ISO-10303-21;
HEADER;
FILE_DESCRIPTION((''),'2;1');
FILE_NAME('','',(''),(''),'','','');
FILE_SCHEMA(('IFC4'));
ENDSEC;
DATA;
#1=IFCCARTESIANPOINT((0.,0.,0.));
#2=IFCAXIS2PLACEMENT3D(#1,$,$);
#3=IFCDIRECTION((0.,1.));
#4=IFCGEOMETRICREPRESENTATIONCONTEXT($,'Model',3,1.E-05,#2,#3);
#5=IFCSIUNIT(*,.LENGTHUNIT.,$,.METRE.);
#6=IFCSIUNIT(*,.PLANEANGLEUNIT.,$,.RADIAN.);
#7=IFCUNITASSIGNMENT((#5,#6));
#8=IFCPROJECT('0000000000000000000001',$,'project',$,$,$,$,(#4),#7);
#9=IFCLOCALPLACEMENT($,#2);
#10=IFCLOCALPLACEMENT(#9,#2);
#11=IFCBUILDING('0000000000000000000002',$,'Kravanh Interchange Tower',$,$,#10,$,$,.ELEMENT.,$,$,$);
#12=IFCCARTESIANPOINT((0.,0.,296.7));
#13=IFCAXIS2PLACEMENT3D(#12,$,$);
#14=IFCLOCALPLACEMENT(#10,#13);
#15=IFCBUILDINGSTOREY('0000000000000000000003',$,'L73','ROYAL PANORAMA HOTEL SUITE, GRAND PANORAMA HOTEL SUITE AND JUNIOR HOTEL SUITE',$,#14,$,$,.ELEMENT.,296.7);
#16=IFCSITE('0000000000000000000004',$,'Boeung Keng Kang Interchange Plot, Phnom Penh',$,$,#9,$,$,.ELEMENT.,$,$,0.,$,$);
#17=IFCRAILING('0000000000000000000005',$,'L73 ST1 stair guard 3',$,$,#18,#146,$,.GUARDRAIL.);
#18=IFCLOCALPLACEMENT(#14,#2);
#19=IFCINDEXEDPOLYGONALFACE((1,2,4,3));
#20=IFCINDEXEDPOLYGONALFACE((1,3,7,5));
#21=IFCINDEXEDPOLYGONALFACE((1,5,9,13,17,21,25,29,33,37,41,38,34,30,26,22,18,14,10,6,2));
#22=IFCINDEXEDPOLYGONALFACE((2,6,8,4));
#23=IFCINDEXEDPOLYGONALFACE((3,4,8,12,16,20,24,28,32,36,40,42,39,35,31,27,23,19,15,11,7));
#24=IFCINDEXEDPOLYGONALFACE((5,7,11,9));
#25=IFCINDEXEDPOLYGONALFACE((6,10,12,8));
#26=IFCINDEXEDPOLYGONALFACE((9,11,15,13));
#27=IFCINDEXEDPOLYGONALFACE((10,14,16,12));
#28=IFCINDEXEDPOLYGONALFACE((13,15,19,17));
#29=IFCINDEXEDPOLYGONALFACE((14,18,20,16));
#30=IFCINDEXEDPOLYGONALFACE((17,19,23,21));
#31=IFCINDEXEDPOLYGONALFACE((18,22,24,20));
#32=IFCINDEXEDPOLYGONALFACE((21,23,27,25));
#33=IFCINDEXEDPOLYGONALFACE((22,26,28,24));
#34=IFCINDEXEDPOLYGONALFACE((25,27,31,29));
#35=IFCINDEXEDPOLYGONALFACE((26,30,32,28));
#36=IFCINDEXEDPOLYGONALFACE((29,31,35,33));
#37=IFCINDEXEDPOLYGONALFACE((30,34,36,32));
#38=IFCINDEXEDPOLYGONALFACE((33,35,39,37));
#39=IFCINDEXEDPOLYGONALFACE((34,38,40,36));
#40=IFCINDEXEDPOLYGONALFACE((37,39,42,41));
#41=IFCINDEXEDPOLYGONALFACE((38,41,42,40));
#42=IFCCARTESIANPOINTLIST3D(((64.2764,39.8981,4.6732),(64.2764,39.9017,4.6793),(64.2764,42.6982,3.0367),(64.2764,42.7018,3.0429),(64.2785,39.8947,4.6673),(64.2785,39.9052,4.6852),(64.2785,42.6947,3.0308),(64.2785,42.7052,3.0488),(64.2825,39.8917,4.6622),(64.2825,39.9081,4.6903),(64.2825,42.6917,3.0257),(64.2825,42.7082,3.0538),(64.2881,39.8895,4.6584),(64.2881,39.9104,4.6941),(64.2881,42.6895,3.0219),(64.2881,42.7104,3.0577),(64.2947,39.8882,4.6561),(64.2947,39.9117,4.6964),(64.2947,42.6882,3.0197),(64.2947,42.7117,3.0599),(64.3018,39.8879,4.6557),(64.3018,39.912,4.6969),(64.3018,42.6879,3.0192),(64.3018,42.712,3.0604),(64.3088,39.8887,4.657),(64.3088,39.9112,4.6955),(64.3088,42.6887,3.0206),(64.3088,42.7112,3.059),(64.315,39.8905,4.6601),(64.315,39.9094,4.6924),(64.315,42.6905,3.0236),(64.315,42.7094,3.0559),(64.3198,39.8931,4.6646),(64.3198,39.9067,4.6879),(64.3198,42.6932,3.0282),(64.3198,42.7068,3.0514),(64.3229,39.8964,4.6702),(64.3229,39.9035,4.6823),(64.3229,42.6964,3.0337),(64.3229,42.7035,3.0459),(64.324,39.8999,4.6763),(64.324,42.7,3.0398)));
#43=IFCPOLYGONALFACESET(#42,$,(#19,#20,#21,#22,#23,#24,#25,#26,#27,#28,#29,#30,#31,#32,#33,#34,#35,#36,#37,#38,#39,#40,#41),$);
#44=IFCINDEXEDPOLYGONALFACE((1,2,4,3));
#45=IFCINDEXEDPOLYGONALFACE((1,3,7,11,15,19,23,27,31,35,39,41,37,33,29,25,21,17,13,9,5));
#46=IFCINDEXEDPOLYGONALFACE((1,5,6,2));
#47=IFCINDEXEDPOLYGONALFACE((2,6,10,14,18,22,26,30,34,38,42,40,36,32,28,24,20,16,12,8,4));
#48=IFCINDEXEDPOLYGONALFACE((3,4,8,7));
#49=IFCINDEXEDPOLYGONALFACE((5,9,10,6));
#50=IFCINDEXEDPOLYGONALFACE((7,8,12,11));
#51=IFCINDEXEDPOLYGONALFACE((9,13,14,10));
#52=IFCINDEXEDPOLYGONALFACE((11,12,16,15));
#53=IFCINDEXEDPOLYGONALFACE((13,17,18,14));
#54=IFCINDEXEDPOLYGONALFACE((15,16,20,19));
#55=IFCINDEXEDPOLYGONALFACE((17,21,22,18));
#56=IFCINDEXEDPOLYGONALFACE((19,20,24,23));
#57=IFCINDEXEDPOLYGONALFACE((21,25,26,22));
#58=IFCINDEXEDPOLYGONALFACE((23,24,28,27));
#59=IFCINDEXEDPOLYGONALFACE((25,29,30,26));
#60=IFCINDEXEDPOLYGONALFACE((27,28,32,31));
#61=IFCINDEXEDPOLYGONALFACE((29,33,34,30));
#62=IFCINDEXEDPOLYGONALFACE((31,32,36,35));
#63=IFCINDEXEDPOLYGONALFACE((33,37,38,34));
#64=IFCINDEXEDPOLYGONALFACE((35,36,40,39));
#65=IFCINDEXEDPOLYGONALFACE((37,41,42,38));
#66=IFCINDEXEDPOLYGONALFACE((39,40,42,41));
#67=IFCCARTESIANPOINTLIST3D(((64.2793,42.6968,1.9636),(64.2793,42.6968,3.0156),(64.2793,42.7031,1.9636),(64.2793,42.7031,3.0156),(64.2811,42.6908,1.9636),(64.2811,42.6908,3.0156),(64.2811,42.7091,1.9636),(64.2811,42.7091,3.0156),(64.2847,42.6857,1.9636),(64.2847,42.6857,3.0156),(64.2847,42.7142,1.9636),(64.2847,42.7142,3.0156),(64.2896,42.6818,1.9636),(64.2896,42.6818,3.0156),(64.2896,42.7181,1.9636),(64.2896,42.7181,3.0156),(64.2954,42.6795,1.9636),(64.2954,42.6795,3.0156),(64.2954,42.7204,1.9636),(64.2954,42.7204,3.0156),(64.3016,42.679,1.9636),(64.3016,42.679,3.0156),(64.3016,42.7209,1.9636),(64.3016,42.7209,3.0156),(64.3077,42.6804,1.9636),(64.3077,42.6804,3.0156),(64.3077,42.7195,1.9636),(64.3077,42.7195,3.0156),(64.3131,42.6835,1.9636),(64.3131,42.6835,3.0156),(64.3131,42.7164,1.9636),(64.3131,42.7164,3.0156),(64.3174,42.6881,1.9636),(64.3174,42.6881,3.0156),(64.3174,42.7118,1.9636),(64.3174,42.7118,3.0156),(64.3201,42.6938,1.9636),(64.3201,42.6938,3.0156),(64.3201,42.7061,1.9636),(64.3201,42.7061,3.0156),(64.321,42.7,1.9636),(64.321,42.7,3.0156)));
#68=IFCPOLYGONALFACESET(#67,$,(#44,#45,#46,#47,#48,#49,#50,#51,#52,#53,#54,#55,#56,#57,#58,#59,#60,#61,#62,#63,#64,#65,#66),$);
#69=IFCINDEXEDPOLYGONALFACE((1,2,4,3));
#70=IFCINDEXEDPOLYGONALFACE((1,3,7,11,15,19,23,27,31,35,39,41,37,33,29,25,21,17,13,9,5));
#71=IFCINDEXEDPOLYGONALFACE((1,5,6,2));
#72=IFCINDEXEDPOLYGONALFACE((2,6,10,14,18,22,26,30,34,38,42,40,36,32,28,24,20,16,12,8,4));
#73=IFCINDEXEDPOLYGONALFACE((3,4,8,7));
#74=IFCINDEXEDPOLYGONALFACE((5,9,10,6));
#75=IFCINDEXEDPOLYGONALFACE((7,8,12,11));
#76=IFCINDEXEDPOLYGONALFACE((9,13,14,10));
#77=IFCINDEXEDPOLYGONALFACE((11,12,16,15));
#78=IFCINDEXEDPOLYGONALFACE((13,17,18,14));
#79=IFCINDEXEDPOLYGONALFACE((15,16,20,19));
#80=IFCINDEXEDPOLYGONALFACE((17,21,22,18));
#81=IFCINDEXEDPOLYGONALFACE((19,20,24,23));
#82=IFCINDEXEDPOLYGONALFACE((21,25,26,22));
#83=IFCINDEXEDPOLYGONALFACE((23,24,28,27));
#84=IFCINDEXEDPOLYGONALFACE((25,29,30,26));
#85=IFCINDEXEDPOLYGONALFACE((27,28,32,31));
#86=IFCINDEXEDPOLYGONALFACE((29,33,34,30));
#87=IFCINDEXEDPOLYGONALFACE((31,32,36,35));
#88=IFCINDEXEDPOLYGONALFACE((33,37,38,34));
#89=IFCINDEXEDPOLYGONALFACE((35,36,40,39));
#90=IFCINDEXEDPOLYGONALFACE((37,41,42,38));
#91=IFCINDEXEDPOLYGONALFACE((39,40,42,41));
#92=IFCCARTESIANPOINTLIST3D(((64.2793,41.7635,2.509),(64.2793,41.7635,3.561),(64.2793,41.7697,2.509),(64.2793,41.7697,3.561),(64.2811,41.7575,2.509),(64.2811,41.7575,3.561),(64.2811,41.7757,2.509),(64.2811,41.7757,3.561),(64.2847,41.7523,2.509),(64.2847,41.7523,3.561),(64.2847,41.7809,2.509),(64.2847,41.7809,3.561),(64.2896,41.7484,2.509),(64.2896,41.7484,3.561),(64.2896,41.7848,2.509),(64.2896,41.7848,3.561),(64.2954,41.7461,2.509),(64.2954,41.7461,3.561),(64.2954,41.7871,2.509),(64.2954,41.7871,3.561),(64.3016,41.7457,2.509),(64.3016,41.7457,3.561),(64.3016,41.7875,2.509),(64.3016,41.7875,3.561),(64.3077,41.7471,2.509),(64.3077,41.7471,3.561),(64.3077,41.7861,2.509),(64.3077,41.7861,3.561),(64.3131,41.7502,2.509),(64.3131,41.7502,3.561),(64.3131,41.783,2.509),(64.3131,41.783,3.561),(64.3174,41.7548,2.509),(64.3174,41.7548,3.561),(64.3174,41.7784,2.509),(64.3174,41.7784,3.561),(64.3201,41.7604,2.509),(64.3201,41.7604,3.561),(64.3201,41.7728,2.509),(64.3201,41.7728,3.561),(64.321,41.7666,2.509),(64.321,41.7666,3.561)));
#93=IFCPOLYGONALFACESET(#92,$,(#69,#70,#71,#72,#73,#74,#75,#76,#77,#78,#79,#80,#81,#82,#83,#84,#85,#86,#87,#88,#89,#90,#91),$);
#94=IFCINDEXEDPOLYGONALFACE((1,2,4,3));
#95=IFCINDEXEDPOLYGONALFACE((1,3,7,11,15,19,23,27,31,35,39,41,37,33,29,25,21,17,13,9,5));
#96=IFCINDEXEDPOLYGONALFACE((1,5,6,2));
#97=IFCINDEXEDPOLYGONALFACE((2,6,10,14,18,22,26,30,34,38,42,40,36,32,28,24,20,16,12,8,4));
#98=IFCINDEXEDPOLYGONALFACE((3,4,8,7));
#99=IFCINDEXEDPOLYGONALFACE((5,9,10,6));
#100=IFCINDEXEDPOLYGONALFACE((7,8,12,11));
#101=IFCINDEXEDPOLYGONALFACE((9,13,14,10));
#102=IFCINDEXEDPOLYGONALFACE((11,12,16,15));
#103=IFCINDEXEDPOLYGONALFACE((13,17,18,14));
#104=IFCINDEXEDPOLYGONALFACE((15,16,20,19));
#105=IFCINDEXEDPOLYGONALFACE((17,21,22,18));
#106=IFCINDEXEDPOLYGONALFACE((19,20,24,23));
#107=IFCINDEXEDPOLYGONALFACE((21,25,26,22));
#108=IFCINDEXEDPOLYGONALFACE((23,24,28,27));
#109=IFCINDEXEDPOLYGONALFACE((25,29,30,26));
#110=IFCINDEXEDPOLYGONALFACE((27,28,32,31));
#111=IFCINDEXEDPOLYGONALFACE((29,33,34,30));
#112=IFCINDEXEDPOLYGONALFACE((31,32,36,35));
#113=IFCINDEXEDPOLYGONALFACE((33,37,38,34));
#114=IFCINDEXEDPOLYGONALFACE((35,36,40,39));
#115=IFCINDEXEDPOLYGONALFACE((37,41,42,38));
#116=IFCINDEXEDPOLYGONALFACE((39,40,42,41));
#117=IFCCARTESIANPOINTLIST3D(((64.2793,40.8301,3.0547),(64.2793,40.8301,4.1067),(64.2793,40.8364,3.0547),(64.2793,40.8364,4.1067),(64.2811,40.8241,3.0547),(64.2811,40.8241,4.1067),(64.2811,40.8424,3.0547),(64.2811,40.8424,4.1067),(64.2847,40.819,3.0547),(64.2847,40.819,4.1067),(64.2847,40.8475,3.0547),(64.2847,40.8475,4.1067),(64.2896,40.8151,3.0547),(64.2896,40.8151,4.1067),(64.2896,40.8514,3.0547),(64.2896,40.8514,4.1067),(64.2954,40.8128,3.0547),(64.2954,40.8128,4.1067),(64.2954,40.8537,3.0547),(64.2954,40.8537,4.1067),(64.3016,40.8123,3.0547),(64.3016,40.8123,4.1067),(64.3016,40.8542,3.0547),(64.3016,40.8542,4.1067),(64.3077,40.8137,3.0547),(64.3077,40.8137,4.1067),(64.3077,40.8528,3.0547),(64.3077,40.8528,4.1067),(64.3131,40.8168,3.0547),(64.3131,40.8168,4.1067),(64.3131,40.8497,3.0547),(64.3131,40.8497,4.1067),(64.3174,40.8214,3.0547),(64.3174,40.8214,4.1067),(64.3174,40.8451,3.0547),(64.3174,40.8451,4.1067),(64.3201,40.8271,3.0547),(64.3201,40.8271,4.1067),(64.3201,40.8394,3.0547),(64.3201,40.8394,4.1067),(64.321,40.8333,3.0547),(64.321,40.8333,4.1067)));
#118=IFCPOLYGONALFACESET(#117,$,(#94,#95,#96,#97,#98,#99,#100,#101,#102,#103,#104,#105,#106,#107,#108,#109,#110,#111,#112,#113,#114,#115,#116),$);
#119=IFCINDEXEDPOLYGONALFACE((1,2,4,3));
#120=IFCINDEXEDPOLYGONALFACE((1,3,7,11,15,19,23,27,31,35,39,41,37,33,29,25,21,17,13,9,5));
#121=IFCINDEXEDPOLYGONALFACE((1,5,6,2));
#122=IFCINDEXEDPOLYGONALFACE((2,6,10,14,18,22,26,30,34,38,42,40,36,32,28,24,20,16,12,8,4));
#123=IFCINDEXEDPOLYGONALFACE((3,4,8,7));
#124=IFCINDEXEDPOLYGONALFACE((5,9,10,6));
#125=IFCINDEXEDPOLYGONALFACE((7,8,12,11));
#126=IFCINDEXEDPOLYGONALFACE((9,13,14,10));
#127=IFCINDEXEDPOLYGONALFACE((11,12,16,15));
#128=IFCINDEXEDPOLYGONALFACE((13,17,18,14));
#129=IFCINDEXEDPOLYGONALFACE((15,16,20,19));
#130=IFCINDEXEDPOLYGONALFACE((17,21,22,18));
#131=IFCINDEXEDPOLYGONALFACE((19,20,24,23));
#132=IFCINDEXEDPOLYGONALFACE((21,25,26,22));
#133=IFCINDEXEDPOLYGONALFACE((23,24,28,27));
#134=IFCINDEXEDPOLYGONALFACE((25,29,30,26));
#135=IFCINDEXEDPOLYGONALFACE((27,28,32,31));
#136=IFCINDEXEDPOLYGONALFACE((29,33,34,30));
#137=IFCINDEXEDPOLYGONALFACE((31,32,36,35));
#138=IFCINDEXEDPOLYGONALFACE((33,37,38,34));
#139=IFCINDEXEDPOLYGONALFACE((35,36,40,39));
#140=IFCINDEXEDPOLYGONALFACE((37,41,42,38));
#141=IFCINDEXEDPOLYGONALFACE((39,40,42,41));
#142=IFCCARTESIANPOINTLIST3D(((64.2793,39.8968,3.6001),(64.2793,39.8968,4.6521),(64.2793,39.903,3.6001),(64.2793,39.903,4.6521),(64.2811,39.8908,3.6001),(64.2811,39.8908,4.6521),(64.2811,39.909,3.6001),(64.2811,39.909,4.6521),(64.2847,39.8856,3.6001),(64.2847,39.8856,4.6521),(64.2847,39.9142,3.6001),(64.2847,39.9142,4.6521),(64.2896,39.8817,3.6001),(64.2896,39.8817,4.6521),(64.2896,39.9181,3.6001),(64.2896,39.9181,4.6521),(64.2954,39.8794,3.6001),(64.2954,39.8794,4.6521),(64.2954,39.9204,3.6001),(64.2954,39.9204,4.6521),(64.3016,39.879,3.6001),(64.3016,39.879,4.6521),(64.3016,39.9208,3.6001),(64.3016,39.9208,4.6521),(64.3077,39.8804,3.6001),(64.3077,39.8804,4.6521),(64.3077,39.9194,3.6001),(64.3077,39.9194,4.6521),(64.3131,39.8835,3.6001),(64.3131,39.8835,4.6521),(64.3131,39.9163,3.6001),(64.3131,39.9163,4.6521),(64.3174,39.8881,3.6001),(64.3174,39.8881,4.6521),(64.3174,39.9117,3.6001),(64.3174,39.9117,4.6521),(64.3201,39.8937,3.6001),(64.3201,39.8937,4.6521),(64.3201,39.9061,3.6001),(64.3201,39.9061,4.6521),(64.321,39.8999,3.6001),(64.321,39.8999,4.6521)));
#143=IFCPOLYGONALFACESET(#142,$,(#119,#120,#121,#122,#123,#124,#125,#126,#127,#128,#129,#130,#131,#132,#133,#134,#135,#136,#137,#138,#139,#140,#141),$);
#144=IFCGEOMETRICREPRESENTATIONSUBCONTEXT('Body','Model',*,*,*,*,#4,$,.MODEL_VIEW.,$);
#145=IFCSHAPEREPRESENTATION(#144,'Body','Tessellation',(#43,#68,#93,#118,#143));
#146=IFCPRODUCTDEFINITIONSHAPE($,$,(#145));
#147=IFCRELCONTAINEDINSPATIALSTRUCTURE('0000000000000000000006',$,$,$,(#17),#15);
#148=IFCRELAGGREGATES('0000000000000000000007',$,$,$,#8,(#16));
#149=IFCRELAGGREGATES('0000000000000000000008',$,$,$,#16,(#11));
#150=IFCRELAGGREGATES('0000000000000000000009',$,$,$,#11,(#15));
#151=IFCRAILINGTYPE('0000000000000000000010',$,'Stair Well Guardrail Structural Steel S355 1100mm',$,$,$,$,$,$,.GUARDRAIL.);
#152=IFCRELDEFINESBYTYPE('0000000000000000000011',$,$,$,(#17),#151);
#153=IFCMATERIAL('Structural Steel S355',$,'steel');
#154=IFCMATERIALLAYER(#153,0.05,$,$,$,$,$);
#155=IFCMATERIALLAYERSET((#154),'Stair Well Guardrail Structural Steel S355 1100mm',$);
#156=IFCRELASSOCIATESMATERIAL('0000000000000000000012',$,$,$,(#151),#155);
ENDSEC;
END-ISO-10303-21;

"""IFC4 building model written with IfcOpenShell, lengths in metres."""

from ifc_helpers import new_model, si_unit, direction, frame, origin, origin_2d, place, context, subcontext, project, spatial, circle, extrude, material, layer, layer_set, type_object, element, save


model = new_model("IFC4")

# Units and contexts
model_context = context("Model", 3, precision=1e-05, world=origin(), true_north=direction((0.0, 1.0)))
body_context = subcontext(model_context, "Body", "Model", "MODEL_VIEW")
ifc_project = project(units=[si_unit("LENGTHUNIT", "METRE"), si_unit("PLANEANGLEUNIT", "RADIAN")], contexts=[model_context])

# Site, building, storey
site_placement = place(None, origin())
site = spatial("IfcSite", under=ifc_project, at=site_placement, Name="Boeung Keng Kang Interchange Plot, Phnom Penh", CompositionType="ELEMENT", RefElevation=0.0)
building_placement = place(site_placement, origin())
building = spatial("IfcBuilding", under=site, at=building_placement, Name="Kravanh Interchange Tower", CompositionType="ELEMENT")
storey_placement = place(building_placement, frame((0.0, 0.0, 296.7)))
storey = spatial("IfcBuildingStorey", under=building, at=storey_placement, Name="L73", Description="ROYAL PANORAMA HOTEL SUITE, GRAND PANORAMA HOTEL SUITE AND JUNIOR HOTEL SUITE", CompositionType="ELEMENT", Elevation=296.7)

# Railing
ifc_material_1 = material(Name="Structural Steel S355", Category="steel")
ifc_layer_1 = layer(ifc_material_1, 0.05)
ifc_layer_set_1 = layer_set([ifc_layer_1], Name="Stair Well Guardrail Structural Steel S355 1100mm")
railing_type_1 = type_object("IfcRailingType", Name="Stair Well Guardrail Structural Steel S355 1100mm", PredefinedType="GUARDRAIL", material=ifc_layer_set_1)
railing_1_placement = place(storey_placement, frame((64.3, 42.7, 1.9636)))
element("IfcRailing", 1, at=railing_1_placement, inside=storey, type_object=railing_type_1, Name="L73 ST1 stair guard 3", PredefinedType="GUARDRAIL", context=body_context, shape_type="SweptSolid", body=[
    extrude(circle(Radius=0.0239, at=origin_2d()), frame((0.0, 0.0, 1.0762), z_axis=(0.0, -0.863361, 0.504587), x_axis=(1.0, 0.0, 0.0)), (0.0, 0.0, 1.0), 3.2432),
    extrude(circle(Radius=0.021, at=origin_2d()), origin(), (0.0, 0.0, 1.0), 1.052),
    extrude(circle(Radius=0.021, at=origin_2d()), frame((0.0, -0.9333, 0.5454)), (0.0, 0.0, 1.0), 1.052),
    extrude(circle(Radius=0.021, at=origin_2d()), frame((0.0, -1.8667, 1.0911)), (0.0, 0.0, 1.0), 1.052),
    extrude(circle(Radius=0.021, at=origin_2d()), frame((0.0, -2.8, 1.6365)), (0.0, 0.0, 1.0), 1.052),
])

save(model, "model.ifc")
